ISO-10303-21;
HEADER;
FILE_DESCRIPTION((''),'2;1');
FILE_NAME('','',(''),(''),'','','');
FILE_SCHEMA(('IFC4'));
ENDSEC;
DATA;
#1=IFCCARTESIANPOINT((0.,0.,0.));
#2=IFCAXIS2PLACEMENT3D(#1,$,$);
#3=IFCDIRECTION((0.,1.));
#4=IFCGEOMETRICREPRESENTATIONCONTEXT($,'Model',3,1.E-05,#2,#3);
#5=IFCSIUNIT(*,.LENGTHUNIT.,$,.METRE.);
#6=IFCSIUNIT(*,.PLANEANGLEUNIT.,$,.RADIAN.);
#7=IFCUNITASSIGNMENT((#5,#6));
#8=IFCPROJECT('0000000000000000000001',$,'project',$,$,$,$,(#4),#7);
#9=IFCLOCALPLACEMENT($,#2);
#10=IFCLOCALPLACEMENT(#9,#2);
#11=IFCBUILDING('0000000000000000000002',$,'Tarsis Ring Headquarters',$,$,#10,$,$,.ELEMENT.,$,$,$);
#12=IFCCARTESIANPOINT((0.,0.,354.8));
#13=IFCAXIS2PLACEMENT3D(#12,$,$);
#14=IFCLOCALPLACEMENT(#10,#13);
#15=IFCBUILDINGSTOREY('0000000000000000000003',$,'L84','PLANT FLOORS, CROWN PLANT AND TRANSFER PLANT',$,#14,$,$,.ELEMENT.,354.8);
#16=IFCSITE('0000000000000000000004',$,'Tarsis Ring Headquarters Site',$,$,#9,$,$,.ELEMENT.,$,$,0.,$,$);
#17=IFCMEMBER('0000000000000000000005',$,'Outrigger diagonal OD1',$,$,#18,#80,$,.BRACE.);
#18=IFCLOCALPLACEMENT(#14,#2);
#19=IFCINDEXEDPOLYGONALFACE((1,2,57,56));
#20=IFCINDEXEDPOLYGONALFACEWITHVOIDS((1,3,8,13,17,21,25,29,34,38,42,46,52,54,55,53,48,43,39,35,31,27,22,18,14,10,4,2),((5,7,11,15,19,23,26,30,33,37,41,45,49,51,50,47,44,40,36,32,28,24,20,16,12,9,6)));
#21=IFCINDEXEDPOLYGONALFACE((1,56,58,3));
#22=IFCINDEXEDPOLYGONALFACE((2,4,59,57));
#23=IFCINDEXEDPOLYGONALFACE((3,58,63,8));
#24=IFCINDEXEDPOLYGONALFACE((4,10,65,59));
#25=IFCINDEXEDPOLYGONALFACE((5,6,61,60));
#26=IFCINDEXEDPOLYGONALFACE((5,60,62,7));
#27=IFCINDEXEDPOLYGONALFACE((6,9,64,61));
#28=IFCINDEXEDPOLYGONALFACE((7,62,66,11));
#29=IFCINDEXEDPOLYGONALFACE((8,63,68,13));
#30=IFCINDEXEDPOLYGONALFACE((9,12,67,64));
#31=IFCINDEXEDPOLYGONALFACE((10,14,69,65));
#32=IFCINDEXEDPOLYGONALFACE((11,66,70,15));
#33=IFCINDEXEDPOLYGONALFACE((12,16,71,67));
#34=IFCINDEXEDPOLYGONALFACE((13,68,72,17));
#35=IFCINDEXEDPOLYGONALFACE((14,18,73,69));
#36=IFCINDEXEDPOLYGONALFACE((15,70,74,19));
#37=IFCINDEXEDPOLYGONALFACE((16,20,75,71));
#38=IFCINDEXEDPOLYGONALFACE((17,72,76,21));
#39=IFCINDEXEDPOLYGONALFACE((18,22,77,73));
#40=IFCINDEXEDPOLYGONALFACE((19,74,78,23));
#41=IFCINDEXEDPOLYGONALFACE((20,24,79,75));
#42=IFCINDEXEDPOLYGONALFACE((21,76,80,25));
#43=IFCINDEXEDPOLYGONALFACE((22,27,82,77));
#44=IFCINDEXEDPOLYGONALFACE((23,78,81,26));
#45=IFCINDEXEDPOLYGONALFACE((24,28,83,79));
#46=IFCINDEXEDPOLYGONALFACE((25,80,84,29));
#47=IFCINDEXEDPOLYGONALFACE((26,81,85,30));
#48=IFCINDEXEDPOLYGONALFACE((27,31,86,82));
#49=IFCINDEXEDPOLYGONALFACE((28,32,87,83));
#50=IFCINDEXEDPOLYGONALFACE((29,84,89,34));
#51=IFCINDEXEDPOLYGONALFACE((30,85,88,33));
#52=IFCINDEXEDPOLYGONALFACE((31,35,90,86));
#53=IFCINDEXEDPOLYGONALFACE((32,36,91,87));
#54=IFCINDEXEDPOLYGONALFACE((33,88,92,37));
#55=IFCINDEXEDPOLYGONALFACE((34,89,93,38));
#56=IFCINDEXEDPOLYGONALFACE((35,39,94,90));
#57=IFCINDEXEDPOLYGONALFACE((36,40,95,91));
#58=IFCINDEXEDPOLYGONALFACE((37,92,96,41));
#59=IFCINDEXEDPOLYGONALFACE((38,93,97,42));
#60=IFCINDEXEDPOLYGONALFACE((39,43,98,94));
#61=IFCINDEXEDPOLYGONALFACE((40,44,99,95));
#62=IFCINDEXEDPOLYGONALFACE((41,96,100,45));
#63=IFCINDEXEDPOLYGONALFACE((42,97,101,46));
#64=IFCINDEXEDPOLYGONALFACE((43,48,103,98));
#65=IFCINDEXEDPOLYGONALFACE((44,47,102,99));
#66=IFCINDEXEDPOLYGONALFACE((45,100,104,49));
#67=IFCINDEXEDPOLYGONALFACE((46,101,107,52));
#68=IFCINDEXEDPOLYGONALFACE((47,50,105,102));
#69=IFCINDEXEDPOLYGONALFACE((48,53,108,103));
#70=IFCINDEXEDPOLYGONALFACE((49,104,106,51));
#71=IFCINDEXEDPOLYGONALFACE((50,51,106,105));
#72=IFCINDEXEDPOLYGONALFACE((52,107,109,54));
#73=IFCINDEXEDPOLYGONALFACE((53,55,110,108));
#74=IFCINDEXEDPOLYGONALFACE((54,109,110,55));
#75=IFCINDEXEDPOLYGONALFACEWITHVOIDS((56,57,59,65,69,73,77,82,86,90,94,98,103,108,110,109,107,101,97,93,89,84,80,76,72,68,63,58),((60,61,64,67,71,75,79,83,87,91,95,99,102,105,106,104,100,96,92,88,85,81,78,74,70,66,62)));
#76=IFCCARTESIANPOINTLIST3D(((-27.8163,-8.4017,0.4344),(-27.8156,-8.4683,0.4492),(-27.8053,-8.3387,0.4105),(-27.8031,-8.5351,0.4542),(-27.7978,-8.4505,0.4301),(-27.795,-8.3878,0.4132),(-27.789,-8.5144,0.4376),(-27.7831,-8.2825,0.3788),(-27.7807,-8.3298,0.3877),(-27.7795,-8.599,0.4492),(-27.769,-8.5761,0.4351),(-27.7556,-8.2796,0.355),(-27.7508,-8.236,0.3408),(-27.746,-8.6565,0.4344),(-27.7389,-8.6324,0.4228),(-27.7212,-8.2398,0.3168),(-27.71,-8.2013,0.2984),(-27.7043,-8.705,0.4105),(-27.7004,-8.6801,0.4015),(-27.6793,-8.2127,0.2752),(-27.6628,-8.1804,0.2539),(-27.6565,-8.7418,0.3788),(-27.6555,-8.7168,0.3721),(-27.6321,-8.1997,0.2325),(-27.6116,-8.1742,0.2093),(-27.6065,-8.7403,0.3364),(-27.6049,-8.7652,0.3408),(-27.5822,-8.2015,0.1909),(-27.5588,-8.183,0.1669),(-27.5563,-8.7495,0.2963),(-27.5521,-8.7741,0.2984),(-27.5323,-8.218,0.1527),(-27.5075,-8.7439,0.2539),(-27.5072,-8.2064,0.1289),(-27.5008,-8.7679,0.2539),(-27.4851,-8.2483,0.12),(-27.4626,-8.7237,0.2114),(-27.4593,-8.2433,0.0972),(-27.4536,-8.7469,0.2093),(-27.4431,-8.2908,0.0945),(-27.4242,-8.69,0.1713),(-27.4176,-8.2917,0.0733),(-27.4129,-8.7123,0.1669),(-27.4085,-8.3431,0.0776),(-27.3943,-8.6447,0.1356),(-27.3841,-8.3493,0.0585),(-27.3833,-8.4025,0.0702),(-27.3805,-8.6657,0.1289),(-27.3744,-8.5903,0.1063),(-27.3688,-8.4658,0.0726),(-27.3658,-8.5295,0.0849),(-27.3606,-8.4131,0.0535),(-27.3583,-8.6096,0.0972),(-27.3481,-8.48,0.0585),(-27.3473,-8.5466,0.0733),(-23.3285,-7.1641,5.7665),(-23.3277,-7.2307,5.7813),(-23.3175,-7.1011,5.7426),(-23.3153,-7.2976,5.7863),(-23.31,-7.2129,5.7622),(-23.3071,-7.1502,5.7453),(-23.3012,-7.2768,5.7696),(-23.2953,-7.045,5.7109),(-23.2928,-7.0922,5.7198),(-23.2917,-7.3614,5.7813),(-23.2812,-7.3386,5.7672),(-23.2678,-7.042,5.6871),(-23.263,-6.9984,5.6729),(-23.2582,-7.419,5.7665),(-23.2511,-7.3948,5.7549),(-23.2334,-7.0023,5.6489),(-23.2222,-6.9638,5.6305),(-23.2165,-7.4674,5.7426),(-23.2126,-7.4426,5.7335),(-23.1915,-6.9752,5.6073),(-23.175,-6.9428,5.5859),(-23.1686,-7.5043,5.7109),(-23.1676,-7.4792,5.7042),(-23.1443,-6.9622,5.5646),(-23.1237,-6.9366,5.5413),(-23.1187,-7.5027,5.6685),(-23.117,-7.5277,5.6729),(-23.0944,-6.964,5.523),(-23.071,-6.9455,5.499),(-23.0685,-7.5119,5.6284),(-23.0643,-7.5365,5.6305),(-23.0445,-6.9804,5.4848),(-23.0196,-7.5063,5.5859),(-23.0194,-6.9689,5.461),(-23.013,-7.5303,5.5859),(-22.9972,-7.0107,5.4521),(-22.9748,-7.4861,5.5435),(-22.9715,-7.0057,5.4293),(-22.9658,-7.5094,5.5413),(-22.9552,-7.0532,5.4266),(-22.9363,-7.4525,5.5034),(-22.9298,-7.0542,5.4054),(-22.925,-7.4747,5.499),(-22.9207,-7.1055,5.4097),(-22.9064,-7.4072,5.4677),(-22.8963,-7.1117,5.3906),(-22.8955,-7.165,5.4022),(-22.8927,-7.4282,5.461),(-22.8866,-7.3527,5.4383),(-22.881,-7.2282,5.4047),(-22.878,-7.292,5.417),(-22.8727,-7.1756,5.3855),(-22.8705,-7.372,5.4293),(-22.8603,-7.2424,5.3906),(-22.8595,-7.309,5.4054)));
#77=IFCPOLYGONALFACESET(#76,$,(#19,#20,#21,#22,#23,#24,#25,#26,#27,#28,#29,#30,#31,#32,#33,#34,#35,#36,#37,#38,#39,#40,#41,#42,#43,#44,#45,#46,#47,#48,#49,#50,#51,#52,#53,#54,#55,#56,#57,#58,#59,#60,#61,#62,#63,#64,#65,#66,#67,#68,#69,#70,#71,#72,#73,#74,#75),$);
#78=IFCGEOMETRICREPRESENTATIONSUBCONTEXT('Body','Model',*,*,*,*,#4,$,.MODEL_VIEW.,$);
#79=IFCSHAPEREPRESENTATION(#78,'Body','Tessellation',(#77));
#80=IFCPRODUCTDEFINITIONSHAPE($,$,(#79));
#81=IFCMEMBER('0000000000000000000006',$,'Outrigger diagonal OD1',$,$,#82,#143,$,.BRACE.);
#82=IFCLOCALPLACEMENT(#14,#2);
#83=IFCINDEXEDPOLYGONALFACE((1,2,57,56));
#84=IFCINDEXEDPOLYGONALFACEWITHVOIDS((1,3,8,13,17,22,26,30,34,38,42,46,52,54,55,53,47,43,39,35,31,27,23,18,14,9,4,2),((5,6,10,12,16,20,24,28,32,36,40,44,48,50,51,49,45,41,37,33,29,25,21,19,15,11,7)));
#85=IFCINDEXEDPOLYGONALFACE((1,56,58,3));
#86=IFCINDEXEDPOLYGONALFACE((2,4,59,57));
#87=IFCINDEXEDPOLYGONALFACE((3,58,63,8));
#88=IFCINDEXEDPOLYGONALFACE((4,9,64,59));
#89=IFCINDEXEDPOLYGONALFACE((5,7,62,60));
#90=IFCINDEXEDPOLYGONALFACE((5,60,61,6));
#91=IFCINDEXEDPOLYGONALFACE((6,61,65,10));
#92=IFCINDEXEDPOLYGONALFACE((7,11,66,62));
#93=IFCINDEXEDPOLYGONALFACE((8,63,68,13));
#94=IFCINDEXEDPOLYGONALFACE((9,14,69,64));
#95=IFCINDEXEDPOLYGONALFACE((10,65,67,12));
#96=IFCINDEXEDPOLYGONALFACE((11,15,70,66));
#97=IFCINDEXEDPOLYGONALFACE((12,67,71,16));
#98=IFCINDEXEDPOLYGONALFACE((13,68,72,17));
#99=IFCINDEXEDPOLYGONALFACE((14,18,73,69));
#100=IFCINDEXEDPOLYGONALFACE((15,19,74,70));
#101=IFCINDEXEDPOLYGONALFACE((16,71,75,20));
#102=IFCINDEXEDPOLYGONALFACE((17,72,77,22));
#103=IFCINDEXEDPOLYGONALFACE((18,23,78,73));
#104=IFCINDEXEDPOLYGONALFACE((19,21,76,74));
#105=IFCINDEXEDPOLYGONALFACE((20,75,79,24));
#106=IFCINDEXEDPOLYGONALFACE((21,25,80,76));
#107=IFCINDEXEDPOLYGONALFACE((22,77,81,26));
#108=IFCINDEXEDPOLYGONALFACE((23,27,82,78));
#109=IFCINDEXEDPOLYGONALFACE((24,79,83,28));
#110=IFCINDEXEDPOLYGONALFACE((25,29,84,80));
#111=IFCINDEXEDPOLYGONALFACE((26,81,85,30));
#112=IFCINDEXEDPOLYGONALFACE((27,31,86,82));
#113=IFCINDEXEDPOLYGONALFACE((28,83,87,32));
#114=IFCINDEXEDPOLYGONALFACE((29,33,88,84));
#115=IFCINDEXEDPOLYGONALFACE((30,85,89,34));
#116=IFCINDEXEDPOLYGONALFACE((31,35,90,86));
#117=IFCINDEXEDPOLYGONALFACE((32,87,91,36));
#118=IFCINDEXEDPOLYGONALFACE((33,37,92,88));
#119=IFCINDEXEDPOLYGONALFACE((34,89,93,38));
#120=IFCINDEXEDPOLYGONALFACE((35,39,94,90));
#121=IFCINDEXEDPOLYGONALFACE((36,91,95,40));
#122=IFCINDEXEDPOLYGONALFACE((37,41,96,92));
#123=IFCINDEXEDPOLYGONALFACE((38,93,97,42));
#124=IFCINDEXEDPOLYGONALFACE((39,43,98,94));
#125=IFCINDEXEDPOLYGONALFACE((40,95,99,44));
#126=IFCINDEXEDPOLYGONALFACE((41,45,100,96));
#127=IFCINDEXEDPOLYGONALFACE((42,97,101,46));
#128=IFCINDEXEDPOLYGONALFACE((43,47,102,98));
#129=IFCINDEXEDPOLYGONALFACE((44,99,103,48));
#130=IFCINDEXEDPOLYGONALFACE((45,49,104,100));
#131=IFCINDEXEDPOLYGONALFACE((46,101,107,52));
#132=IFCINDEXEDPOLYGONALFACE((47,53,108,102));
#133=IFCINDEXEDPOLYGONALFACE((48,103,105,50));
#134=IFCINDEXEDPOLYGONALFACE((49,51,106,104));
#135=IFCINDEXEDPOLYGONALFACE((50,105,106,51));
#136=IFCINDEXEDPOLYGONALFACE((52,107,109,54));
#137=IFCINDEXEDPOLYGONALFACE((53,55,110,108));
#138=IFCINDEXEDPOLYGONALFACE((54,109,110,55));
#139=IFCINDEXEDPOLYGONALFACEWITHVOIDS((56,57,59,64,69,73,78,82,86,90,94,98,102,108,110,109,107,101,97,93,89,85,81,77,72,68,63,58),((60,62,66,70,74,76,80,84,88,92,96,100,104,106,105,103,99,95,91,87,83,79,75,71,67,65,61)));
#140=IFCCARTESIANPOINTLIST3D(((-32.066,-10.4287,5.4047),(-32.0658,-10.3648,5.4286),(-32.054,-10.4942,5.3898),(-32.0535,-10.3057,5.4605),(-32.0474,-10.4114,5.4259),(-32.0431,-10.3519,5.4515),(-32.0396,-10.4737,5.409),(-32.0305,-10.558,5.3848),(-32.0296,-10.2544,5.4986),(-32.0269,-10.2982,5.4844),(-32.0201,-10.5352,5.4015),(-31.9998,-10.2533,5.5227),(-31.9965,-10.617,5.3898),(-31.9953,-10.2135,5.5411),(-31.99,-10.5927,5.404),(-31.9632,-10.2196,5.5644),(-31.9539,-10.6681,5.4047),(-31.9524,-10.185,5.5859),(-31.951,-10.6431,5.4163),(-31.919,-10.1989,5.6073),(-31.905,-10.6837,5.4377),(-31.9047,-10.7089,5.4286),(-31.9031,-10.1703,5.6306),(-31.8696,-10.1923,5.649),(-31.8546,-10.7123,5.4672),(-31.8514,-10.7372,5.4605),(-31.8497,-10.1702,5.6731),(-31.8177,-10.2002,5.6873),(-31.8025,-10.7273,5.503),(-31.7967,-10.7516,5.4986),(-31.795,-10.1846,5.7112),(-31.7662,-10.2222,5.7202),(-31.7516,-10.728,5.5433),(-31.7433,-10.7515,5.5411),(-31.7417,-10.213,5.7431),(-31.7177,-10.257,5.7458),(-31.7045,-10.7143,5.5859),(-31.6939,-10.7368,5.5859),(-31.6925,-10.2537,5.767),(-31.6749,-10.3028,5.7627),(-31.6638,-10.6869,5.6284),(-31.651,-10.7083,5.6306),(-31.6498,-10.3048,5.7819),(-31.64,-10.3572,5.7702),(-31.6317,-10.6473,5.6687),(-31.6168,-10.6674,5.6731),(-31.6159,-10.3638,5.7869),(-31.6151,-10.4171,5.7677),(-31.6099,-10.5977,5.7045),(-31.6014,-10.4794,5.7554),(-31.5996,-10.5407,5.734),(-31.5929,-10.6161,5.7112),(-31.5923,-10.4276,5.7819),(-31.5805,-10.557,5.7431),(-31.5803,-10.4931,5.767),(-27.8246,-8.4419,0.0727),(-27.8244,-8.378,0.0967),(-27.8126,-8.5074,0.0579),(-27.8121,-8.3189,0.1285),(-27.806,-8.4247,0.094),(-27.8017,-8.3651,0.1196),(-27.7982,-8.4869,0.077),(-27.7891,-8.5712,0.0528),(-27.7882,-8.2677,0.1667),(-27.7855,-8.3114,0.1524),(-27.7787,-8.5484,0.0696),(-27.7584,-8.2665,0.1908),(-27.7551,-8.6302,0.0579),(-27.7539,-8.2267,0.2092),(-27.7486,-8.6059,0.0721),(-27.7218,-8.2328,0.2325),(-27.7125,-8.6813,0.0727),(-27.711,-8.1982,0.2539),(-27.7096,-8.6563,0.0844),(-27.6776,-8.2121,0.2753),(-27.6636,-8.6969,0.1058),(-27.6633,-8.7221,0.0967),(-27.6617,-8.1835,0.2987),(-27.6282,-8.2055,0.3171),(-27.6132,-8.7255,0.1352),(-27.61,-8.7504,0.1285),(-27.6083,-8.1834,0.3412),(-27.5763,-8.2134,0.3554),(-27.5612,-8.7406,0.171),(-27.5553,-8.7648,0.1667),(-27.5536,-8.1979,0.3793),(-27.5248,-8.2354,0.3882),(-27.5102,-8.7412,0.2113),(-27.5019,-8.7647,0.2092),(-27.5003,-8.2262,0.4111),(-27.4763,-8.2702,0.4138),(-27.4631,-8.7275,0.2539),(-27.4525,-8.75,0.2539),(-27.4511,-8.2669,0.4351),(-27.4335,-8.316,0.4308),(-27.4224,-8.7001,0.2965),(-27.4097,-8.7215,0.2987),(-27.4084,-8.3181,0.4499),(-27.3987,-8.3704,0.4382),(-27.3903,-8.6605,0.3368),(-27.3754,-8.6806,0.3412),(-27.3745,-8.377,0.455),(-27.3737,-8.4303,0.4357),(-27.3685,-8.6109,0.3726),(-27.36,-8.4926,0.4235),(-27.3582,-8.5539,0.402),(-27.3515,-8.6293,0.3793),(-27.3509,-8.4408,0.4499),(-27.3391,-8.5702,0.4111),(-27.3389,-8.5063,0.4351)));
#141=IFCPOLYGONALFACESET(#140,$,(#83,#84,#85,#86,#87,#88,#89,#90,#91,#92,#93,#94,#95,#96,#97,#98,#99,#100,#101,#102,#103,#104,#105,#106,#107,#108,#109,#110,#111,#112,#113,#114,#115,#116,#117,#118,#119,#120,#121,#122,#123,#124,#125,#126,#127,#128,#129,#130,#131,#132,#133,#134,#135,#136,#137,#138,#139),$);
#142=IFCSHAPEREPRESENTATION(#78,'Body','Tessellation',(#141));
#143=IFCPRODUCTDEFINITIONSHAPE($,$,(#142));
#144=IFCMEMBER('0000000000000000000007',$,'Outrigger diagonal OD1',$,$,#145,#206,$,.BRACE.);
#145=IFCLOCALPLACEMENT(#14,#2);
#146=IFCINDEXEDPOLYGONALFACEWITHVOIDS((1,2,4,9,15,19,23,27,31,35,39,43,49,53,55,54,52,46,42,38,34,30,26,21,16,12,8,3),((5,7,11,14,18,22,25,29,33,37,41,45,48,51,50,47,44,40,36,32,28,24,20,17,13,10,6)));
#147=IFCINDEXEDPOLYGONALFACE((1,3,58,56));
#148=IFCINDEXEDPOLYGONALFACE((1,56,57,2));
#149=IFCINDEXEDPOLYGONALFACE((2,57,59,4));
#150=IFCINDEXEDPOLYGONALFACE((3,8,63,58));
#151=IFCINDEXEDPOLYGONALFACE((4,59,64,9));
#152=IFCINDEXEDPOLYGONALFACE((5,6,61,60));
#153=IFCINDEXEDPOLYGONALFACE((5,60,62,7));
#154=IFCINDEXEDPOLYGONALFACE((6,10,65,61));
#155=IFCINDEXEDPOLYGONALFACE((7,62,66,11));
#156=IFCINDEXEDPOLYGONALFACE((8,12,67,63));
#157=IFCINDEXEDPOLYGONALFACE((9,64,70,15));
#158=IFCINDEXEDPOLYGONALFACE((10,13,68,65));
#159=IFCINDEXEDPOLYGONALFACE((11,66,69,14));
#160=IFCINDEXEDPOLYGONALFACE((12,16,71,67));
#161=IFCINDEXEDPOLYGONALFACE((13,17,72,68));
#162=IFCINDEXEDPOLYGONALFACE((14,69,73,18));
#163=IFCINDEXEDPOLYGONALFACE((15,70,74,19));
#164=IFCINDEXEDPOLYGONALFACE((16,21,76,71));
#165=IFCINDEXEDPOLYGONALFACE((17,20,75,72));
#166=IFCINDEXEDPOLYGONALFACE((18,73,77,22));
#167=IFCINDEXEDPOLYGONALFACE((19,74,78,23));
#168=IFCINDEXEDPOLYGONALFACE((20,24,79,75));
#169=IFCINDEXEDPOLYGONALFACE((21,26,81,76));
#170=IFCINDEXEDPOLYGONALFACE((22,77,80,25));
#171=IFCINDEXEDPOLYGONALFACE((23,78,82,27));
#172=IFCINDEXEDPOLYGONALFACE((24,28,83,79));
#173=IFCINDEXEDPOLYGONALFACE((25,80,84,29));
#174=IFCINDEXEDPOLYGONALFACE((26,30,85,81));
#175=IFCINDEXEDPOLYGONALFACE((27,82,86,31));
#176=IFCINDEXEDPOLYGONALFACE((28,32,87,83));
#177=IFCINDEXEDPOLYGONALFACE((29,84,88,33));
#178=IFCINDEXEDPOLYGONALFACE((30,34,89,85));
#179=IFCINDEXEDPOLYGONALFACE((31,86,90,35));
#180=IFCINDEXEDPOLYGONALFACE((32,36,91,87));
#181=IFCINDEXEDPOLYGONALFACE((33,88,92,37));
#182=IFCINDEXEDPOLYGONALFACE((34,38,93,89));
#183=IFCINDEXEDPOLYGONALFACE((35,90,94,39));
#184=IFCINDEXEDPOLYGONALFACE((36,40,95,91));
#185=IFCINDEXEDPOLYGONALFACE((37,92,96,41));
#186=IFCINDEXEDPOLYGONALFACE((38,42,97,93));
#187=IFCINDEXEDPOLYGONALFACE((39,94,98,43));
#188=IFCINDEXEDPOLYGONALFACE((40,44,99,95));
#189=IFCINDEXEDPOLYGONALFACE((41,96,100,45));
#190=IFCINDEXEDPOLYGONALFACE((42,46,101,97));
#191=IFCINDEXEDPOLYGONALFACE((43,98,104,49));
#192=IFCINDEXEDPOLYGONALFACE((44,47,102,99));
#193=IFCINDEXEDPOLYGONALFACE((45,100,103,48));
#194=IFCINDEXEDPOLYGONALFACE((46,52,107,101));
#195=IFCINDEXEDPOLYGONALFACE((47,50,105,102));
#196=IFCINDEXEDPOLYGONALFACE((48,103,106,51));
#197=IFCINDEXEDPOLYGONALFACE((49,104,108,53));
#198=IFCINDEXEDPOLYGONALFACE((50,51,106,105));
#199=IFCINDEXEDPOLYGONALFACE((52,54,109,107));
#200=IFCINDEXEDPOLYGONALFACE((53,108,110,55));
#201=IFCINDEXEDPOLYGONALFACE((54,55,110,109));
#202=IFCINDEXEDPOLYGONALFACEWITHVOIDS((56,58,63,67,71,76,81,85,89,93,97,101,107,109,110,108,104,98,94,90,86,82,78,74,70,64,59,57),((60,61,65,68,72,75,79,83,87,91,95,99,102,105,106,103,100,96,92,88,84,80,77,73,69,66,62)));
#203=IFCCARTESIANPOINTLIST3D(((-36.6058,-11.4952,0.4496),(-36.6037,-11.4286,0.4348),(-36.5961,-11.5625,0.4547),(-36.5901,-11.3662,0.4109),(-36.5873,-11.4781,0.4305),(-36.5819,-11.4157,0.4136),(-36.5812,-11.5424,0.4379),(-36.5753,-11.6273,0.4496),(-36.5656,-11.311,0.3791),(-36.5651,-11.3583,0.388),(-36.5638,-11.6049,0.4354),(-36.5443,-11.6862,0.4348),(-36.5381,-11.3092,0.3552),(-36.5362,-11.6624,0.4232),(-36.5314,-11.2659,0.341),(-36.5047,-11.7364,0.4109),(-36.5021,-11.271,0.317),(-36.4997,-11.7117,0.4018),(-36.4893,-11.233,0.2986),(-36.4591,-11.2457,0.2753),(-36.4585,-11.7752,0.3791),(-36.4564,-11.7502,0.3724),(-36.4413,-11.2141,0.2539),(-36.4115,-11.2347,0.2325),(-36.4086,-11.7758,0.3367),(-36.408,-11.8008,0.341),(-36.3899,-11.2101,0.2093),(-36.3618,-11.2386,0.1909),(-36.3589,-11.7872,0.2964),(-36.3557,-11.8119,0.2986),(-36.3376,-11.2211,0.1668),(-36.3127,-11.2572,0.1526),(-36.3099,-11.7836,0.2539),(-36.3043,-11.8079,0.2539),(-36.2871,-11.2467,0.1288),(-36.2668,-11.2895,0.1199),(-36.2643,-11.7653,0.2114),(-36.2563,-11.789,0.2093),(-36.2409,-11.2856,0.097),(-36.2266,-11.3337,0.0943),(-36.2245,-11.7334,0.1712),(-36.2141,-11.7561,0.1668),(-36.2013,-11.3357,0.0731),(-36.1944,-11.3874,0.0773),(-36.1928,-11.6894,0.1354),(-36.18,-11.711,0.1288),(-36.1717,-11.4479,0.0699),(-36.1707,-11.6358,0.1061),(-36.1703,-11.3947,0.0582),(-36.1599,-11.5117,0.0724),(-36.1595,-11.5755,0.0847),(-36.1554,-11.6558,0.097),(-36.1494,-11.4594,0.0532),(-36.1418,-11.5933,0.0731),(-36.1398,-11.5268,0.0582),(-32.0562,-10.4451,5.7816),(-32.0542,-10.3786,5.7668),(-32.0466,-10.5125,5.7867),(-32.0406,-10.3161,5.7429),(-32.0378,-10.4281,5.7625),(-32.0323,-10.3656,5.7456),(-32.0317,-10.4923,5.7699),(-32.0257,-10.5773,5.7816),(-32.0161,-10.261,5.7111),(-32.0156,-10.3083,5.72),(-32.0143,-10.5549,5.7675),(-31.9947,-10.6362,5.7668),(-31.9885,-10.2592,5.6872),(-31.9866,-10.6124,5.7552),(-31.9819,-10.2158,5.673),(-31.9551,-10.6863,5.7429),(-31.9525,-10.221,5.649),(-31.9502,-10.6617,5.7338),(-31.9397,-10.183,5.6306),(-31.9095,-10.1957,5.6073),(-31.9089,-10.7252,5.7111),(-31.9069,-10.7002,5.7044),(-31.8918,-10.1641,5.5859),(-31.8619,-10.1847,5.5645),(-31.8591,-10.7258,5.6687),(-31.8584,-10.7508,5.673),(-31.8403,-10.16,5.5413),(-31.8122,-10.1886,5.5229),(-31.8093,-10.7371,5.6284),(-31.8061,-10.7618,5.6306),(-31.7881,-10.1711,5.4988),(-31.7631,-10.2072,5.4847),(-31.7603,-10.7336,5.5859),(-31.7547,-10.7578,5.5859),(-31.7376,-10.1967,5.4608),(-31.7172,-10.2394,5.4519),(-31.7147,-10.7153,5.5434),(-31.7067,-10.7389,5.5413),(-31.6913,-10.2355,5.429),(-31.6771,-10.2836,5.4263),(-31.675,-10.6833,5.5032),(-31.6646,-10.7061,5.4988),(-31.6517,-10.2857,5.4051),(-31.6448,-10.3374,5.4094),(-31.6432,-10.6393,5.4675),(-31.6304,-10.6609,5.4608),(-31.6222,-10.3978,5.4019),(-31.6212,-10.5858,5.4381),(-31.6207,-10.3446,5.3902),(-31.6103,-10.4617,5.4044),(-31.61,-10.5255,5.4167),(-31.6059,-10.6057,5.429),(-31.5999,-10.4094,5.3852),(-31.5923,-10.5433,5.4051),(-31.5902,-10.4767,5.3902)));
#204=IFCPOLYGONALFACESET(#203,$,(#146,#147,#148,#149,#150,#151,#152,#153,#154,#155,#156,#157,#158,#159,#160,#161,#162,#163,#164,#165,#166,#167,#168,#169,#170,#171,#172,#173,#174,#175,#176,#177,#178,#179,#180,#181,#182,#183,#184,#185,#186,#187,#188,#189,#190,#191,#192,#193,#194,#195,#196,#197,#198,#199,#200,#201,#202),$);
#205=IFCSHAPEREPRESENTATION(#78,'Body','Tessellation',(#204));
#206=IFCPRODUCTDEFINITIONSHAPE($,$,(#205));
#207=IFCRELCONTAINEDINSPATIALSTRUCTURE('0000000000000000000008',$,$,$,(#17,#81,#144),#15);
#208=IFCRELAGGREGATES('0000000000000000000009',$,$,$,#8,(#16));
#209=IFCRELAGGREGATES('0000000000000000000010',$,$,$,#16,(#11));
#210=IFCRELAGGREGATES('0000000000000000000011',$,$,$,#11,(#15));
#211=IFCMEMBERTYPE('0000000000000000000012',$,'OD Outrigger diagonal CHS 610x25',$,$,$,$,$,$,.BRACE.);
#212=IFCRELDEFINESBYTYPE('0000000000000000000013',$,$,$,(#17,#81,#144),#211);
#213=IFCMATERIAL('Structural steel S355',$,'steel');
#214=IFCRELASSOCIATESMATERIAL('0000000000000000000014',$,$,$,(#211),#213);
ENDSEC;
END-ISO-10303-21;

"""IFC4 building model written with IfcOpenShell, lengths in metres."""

from ifc_helpers import new_model, si_unit, direction, frame, origin, origin_2d, place, context, subcontext, project, spatial, hollow_circle, extrude, material, material_profile, profile_set, type_object, element, save


model = new_model("IFC4")

# Units and contexts
model_context = context("Model", 3, precision=1e-05, world=origin(), true_north=direction((0.0, 1.0)))
body_context = subcontext(model_context, "Body", "Model", "MODEL_VIEW")
ifc_project = project(units=[si_unit("LENGTHUNIT", "METRE"), si_unit("PLANEANGLEUNIT", "RADIAN")], contexts=[model_context])

# Site, building, storey
site_placement = place(None, origin())
site = spatial("IfcSite", under=ifc_project, at=site_placement, Name="Tarsis Ring Headquarters Site", CompositionType="ELEMENT", RefElevation=0.0)
building_placement = place(site_placement, origin())
building = spatial("IfcBuilding", under=site, at=building_placement, Name="Tarsis Ring Headquarters", CompositionType="ELEMENT")
storey_placement = place(building_placement, frame((0.0, 0.0, 354.8)))
storey = spatial("IfcBuildingStorey", under=building, at=storey_placement, Name="L84", Description="PLANT FLOORS, CROWN PLANT AND TRANSFER PLANT", CompositionType="ELEMENT", Elevation=354.8)

# Members
ifc_material_1 = material(Name="Structural steel S355", Category="steel")
ifc_material_profile_1 = material_profile(ifc_material_1, hollow_circle(Radius=0.3047, WallThickness=0.0249, at=origin_2d()), Name="CHS 610x25")
ifc_profile_set_1 = profile_set([ifc_material_profile_1], Name="Structural steel S355")
member_type_1 = type_object("IfcMemberType", Name="OD Outrigger diagonal CHS 610x25", PredefinedType="BRACE", material=ifc_profile_set_1)
member_1_placement = place(storey_placement, frame((-23.094, -7.2366, 5.5859), z_axis=(-0.634021, -0.174837, -0.753292), x_axis=(0.265837, -0.964018, 0.0)))
element("IfcMember", 1, at=member_1_placement, inside=storey, type_object=member_type_1, Name="Outrigger diagonal OD1", PredefinedType="BRACE", context=body_context, shape_type="SweptSolid", body=[
    extrude(hollow_circle(Radius=0.3047, WallThickness=0.0249, at=origin_2d()), origin(), (0.0, 0.0, 1.0), 7.0784),
])
member_2_placement = place(storey_placement, frame((-27.5818, -8.4741, 0.2539), z_axis=(-0.597637, -0.27995, 0.751304), x_axis=(0.424195, -0.905571, 0.0)))
element("IfcMember", 2, at=member_2_placement, inside=storey, type_object=member_type_1, Name="Outrigger diagonal OD1", PredefinedType="BRACE", context=body_context, shape_type="SweptSolid", body=[
    extrude(hollow_circle(Radius=0.3047, WallThickness=0.0249, at=origin_2d()), origin(), (0.0, 0.0, 1.0), 7.0969),
])
member_3_placement = place(storey_placement, frame((-31.8232, -10.4609, 5.5859), z_axis=(-0.64192, -0.148157, -0.752322), x_axis=(0.22489, -0.974384, 0.0)))
element("IfcMember", 3, at=member_3_placement, inside=storey, type_object=member_type_1, Name="Outrigger diagonal OD1", PredefinedType="BRACE", context=body_context, shape_type="SweptSolid", body=[
    extrude(hollow_circle(Radius=0.3047, WallThickness=0.0249, at=origin_2d()), origin(), (0.0, 0.0, 1.0), 7.0874),
])

save(model, "model.ifc")
